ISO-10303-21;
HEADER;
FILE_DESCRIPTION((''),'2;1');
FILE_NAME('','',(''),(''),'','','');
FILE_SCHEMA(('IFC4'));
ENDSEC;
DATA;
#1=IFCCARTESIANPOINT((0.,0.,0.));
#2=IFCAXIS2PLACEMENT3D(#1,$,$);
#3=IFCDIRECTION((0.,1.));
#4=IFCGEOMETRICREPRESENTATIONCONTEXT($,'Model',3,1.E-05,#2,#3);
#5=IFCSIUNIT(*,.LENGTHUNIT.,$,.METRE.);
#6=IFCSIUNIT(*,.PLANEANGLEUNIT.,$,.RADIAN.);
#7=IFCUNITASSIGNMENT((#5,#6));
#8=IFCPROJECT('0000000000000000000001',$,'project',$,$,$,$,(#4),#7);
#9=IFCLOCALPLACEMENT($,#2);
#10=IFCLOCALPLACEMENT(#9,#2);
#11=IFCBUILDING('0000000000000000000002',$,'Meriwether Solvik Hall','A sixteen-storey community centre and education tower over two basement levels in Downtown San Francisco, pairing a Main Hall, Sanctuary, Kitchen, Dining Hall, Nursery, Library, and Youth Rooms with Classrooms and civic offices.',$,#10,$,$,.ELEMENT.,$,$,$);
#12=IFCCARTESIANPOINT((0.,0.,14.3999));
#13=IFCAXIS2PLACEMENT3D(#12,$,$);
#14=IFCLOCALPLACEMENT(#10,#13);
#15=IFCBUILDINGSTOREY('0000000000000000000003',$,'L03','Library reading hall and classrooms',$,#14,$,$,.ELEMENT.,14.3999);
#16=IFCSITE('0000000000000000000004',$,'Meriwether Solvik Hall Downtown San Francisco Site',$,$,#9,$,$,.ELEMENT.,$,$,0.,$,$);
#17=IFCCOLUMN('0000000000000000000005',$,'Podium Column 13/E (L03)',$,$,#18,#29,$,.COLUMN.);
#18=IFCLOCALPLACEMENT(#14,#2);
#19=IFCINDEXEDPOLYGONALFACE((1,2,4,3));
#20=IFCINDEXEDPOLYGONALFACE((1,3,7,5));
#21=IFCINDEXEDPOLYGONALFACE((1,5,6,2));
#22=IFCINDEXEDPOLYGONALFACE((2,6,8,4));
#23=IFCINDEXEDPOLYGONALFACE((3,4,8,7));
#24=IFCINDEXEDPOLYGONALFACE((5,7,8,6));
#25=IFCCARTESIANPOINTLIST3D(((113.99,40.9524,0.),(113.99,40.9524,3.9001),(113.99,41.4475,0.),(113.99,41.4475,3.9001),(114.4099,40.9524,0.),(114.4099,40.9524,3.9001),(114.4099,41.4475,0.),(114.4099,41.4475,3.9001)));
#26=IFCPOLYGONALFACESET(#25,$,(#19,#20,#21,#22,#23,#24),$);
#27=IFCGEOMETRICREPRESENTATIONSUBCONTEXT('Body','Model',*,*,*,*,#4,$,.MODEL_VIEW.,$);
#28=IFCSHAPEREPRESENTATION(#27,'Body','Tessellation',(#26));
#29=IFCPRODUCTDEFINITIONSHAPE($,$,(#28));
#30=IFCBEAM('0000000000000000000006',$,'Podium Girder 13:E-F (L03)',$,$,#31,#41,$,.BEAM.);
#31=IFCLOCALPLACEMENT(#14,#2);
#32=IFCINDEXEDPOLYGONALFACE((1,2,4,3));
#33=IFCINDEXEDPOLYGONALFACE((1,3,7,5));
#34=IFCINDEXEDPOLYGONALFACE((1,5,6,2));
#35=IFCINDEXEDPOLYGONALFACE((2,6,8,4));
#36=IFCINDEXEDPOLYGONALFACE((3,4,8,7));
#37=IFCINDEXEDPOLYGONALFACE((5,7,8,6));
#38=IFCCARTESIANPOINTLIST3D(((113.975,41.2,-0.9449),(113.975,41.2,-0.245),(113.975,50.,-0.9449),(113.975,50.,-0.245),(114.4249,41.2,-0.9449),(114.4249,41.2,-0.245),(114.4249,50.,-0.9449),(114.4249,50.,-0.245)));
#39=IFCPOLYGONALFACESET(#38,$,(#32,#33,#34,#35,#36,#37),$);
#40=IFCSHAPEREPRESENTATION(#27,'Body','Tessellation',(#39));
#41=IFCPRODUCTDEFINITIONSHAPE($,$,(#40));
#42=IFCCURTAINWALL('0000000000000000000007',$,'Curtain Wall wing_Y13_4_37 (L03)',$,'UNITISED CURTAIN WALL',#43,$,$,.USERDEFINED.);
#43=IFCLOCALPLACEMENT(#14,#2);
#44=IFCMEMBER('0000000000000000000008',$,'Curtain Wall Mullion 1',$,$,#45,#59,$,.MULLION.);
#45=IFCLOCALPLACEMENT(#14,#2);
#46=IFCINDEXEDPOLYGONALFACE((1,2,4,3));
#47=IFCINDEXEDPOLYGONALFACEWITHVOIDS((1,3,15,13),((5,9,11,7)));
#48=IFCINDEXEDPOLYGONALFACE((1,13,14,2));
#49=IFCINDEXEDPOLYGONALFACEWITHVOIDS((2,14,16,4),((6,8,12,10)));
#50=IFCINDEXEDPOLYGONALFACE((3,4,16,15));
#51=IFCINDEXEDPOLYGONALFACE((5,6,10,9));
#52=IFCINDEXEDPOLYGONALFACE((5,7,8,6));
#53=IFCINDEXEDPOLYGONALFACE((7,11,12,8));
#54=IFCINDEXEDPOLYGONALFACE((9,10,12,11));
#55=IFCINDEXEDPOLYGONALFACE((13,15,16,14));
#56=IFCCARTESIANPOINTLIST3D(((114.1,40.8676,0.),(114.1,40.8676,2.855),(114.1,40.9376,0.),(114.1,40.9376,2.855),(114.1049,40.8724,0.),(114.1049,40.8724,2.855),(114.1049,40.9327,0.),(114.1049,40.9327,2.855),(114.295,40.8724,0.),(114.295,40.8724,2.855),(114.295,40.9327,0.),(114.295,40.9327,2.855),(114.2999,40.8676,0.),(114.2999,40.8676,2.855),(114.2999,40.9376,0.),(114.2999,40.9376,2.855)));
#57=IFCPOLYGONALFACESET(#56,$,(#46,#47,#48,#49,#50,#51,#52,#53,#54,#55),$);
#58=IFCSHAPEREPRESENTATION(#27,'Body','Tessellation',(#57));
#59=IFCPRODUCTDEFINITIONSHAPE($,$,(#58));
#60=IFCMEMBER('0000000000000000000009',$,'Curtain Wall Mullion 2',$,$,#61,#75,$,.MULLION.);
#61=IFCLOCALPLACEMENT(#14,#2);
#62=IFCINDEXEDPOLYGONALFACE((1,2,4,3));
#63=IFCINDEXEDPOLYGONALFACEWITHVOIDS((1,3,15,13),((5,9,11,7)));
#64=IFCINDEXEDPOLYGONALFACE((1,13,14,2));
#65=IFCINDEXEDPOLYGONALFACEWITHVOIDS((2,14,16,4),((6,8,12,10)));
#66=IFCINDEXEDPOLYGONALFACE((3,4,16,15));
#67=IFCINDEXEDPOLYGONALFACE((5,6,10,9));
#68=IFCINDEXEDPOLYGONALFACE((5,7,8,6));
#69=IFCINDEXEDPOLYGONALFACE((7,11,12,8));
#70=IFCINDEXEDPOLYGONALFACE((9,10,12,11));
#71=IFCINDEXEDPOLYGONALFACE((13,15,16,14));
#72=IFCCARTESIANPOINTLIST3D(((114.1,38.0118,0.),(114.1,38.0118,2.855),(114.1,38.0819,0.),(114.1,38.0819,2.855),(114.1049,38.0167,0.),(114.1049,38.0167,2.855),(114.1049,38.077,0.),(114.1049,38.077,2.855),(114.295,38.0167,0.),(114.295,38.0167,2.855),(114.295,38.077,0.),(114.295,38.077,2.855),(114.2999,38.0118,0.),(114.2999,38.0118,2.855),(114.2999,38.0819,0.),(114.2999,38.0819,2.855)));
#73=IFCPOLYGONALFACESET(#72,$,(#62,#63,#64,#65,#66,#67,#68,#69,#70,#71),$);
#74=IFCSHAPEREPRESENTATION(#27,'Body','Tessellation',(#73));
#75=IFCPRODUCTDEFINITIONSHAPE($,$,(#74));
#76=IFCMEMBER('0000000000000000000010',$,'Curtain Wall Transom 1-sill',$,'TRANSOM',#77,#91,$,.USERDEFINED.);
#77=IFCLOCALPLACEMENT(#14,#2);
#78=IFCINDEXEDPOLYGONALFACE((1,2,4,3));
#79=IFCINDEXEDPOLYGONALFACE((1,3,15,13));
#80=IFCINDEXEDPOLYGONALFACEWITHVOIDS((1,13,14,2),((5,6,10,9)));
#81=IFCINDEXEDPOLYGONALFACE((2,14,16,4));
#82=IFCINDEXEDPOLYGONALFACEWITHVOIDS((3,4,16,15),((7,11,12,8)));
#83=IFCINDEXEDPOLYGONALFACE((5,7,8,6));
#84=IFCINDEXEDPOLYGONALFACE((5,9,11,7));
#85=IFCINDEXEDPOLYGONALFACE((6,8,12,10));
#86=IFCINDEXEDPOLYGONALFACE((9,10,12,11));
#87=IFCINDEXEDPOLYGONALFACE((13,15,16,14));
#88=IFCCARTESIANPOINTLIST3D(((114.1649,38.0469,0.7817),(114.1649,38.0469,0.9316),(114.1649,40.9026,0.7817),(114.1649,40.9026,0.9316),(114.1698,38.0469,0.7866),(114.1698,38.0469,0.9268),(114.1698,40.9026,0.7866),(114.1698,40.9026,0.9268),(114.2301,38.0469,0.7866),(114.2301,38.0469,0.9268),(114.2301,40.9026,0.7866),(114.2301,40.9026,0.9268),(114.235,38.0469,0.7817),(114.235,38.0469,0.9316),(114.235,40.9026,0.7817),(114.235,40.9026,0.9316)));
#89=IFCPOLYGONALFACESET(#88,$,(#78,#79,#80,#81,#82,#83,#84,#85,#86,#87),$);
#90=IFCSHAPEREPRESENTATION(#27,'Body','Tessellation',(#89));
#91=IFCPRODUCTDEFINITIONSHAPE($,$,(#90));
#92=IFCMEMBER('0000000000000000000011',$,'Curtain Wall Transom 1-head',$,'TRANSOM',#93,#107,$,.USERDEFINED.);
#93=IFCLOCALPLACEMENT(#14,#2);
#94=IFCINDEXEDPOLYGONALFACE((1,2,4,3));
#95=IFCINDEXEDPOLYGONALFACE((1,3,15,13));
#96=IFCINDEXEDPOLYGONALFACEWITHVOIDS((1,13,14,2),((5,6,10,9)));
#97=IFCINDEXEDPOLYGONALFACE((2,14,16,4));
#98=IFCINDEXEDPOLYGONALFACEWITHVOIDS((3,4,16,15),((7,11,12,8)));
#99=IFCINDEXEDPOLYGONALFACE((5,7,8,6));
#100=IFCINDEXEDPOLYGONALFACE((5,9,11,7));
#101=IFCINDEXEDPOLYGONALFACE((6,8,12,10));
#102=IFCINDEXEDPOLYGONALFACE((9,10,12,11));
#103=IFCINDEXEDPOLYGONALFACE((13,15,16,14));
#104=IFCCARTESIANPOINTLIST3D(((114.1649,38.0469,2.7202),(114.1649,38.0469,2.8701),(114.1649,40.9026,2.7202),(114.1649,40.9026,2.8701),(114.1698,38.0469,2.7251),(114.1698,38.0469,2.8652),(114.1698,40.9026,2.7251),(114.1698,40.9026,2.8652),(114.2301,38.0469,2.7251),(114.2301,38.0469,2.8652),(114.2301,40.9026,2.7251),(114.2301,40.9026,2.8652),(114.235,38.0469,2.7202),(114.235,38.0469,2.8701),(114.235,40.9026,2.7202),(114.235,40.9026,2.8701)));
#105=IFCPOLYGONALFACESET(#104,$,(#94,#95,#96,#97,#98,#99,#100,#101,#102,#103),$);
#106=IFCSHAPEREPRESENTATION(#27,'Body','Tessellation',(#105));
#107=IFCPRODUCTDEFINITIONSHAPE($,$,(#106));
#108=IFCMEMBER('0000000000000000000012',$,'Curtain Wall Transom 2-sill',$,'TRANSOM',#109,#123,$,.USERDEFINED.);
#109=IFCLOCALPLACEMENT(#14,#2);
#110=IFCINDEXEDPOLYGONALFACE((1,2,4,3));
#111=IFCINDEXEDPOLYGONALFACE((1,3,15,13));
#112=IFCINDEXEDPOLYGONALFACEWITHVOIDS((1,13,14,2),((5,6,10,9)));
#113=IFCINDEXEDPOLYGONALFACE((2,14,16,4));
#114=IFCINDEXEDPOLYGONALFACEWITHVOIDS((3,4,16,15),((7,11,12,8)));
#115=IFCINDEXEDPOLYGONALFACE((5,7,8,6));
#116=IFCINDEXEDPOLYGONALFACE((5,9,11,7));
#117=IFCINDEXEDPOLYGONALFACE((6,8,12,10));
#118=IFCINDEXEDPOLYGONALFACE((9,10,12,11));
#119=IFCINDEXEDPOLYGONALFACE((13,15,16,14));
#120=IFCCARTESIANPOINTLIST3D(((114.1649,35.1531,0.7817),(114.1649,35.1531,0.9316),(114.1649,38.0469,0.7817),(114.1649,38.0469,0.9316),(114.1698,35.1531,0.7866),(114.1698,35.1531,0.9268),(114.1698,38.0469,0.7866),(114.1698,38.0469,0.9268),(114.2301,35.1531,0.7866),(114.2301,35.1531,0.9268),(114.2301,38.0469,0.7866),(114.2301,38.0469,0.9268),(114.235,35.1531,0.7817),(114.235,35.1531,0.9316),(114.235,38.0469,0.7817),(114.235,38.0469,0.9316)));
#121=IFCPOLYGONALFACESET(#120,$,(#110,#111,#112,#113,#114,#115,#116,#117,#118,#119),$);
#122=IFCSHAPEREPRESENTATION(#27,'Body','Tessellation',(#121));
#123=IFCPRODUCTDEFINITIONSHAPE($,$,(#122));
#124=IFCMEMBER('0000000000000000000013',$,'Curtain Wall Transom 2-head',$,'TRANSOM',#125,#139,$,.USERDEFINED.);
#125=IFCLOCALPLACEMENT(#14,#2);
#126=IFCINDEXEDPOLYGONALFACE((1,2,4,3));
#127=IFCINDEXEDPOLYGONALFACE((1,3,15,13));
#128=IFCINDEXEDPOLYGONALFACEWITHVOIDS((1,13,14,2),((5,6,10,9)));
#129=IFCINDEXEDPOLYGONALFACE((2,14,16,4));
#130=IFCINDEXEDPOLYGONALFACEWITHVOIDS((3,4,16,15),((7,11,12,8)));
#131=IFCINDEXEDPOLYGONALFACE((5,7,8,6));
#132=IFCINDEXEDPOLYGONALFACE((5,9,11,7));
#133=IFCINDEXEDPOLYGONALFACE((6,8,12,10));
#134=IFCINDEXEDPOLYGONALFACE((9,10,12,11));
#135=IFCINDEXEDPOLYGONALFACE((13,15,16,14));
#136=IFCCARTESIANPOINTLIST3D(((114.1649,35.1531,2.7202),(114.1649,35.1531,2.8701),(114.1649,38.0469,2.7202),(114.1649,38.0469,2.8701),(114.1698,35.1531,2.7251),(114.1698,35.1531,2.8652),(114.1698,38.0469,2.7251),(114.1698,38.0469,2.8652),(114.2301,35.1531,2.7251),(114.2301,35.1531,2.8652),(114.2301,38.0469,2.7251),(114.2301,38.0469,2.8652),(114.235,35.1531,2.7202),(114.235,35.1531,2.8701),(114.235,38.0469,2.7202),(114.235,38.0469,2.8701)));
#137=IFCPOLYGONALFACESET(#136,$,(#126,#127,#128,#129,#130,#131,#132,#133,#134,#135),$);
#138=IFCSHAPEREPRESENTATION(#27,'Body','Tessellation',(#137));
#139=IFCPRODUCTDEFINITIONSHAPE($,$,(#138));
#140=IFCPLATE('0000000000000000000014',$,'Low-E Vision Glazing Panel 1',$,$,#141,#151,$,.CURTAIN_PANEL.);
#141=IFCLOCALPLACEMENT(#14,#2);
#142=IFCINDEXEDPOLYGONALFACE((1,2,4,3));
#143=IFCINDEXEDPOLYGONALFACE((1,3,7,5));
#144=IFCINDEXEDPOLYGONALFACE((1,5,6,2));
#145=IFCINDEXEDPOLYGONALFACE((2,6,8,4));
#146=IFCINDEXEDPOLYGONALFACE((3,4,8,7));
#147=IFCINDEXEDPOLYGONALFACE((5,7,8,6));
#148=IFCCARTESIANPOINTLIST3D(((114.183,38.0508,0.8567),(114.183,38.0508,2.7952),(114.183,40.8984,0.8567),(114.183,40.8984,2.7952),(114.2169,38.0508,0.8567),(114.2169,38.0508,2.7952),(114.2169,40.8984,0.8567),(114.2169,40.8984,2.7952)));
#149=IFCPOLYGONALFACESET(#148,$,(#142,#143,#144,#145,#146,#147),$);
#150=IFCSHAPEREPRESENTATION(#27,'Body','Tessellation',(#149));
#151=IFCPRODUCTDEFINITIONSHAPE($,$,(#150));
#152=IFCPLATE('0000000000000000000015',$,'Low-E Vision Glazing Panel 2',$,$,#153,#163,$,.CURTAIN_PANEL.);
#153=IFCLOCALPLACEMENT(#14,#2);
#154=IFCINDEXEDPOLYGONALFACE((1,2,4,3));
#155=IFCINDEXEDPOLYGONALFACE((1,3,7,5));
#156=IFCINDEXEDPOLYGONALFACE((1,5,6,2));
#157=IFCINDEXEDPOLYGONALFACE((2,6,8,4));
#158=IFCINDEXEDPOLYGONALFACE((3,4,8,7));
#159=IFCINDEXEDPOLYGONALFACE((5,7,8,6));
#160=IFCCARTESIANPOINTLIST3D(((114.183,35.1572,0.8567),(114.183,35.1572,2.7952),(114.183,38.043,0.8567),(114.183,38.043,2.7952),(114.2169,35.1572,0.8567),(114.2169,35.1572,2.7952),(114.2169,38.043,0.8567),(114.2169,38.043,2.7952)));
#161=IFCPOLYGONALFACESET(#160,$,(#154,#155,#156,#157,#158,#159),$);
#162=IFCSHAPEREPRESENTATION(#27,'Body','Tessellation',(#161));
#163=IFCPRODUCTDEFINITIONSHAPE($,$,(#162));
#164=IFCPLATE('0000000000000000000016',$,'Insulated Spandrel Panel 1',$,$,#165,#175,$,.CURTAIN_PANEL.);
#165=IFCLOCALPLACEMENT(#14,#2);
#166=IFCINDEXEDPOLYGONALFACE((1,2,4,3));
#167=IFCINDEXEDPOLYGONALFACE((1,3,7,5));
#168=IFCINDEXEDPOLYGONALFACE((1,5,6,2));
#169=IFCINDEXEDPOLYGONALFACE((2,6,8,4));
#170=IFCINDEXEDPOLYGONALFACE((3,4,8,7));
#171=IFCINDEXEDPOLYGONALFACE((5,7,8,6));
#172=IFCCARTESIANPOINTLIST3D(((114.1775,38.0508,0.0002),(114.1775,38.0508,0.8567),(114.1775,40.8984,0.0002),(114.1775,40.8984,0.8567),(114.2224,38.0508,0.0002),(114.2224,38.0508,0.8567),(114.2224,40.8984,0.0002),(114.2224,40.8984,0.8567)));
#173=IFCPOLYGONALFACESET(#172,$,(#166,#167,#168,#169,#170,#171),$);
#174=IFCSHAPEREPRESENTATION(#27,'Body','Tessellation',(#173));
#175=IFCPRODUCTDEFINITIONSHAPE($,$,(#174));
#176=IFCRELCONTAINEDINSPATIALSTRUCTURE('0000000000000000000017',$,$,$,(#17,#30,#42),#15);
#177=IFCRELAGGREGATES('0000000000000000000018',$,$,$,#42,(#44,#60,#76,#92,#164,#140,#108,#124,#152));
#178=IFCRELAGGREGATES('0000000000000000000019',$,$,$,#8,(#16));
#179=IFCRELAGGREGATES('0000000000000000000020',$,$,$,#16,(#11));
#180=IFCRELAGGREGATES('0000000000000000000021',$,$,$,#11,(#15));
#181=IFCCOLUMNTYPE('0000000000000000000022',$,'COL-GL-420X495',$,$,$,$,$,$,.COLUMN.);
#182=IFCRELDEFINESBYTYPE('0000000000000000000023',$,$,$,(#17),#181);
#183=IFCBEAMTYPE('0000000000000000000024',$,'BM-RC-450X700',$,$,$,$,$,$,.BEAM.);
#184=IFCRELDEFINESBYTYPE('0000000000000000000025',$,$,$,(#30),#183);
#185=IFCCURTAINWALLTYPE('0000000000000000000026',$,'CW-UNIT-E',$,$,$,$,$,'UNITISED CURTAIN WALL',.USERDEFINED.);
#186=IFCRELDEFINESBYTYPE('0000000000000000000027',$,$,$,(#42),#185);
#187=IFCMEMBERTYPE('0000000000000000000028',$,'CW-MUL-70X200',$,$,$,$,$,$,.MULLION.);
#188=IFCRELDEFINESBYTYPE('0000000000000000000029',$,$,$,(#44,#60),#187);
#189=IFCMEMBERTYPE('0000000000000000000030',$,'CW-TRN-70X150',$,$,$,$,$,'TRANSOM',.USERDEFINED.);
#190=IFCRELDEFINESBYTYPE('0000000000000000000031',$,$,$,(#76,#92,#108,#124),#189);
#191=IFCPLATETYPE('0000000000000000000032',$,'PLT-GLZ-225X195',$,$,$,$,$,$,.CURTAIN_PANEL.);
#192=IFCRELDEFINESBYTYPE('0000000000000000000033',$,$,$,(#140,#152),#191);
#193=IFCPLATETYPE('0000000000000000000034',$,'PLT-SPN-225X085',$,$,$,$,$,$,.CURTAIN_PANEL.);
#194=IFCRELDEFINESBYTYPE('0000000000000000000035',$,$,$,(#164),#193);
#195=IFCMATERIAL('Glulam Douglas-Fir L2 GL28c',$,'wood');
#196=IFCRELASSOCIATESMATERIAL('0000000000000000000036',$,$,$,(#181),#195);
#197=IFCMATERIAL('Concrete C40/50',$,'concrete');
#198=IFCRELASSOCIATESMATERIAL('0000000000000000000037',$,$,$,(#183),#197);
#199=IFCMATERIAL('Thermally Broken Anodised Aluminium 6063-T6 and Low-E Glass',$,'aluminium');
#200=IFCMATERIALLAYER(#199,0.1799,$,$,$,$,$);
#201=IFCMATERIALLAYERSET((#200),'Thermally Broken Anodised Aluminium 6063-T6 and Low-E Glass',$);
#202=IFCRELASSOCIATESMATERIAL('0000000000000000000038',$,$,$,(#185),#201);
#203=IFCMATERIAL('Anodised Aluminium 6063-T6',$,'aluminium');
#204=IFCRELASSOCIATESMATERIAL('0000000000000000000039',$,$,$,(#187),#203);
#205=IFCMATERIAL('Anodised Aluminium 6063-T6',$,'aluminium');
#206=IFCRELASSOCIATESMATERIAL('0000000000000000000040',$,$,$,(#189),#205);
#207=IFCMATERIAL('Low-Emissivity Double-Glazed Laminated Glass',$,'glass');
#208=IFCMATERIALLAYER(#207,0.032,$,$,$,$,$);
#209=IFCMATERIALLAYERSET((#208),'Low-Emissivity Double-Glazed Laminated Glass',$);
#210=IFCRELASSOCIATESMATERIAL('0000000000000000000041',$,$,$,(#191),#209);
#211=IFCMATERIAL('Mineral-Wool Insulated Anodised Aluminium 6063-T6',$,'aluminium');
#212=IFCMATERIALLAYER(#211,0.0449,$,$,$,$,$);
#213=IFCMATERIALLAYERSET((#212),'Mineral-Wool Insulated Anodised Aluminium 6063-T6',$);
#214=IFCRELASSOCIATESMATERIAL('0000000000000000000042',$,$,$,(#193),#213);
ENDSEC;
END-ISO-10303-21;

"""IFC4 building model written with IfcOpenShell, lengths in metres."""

from ifc_helpers import new_model, si_unit, direction, frame, origin, origin_2d, place, context, subcontext, project, spatial, rectangle, hollow_rectangle, extrude, material, layer, layer_set, material_profile, profile_set, type_object, element, aggregate, save


model = new_model("IFC4")

# Units and contexts
model_context = context("Model", 3, precision=1e-05, world=origin(), true_north=direction((0.0, 1.0)))
body_context = subcontext(model_context, "Body", "Model", "MODEL_VIEW")
ifc_project = project(units=[si_unit("LENGTHUNIT", "METRE"), si_unit("PLANEANGLEUNIT", "RADIAN")], contexts=[model_context])

# Site, building, storey
site_placement = place(None, origin())
site = spatial("IfcSite", under=ifc_project, at=site_placement, Name="Meriwether Solvik Hall Downtown San Francisco Site", CompositionType="ELEMENT", RefElevation=0.0)
building_placement = place(site_placement, origin())
building = spatial("IfcBuilding", under=site, at=building_placement, Name="Meriwether Solvik Hall", Description="A sixteen-storey community centre and education tower over two basement levels in Downtown San Francisco, pairing a Main Hall, Sanctuary, Kitchen, Dining Hall, Nursery, Library, and Youth Rooms with Classrooms and civic offices.", CompositionType="ELEMENT")
storey_placement = place(building_placement, frame((0.0, 0.0, 14.3999)))
storey = spatial("IfcBuildingStorey", under=building, at=storey_placement, Name="L03", Description="Library reading hall and classrooms", CompositionType="ELEMENT", Elevation=14.3999)

# Column
ifc_material_1 = material(Name="Glulam Douglas-Fir L2 GL28c", Category="wood")
ifc_material_profile_1 = material_profile(ifc_material_1, rectangle(XDim=0.4199, YDim=0.4951, at=origin_2d()), Name="GLC-420X495")
ifc_profile_set_1 = profile_set([ifc_material_profile_1], Name="Glulam Douglas-Fir L2 GL28c")
column_type = type_object("IfcColumnType", Name="COL-GL-420X495", PredefinedType="COLUMN", material=ifc_profile_set_1)
column_placement = place(storey_placement, frame((114.2, 41.2, 0.0), z_axis=(0.0, 0.0, 1.0), x_axis=(1.0, 0.0, 0.0)))
element("IfcColumn", 1, at=column_placement, inside=storey, type_object=column_type, Name="Podium Column 13/E (L03)", PredefinedType="COLUMN", context=body_context, shape_type="SweptSolid", body=[
    extrude(rectangle(XDim=0.4199, YDim=0.4951, at=origin_2d()), origin(), (0.0, 0.0, 1.0), 3.9001),
])

# Beam
ifc_material_2 = material(Name="Concrete C40/50", Category="concrete")
ifc_material_profile_2 = material_profile(ifc_material_2, rectangle(XDim=0.45, YDim=0.7, at=origin_2d()), Name="RCB-450X700")
ifc_profile_set_2 = profile_set([ifc_material_profile_2], Name="Concrete C40/50")
beam_type = type_object("IfcBeamType", Name="BM-RC-450X700", PredefinedType="BEAM", material=ifc_profile_set_2)
beam_placement = place(storey_placement, frame((114.2, 41.2, -0.595), z_axis=(0.0, 1.0, 0.0), x_axis=(-1.0, 0.0, 0.0)))
element("IfcBeam", 2, at=beam_placement, inside=storey, type_object=beam_type, Name="Podium Girder 13:E-F (L03)", PredefinedType="BEAM", context=body_context, shape_type="SweptSolid", body=[
    extrude(rectangle(XDim=0.45, YDim=0.7, at=origin_2d()), origin(), (0.0, 0.0, 1.0), 8.8),
])

# Curtain wall, members, plates
ifc_material_3 = material(Name="Thermally Broken Anodised Aluminium 6063-T6 and Low-E Glass", Category="aluminium")
ifc_layer_1 = layer(ifc_material_3, 0.1799)
ifc_layer_set_1 = layer_set([ifc_layer_1], Name="Thermally Broken Anodised Aluminium 6063-T6 and Low-E Glass")
curtain_wall_type = type_object("IfcCurtainWallType", Name="CW-UNIT-E", ElementType="UNITISED CURTAIN WALL", PredefinedType="USERDEFINED", material=ifc_layer_set_1)
curtain_wall_placement = place(storey_placement, origin())
curtain_wall = element("IfcCurtainWall", 3, at=curtain_wall_placement, inside=storey, type_object=curtain_wall_type, Name="Curtain Wall wing_Y13_4_37 (L03)", ObjectType="UNITISED CURTAIN WALL", PredefinedType="USERDEFINED")
ifc_material_4 = material(Name="Anodised Aluminium 6063-T6", Category="aluminium")
ifc_material_profile_3 = material_profile(ifc_material_4, hollow_rectangle(XDim=0.0701, YDim=0.2, WallThickness=0.0049, at=origin_2d()), Name="CWM-70X200")
ifc_profile_set_3 = profile_set([ifc_material_profile_3], Name="Anodised Aluminium 6063-T6")
member_type_1 = type_object("IfcMemberType", Name="CW-MUL-70X200", PredefinedType="MULLION", material=ifc_profile_set_3)
member_1_placement = place(storey_placement, frame((114.2, 40.9026, 0.0), z_axis=(0.0, 0.0, 1.0), x_axis=(0.0, -1.0, 0.0)))
member_1 = element("IfcMember", 4, at=member_1_placement, type_object=member_type_1, Name="Curtain Wall Mullion 1", PredefinedType="MULLION", context=body_context, shape_type="SweptSolid", body=[
    extrude(hollow_rectangle(XDim=0.0701, YDim=0.2, WallThickness=0.0049, at=origin_2d()), origin(), (0.0, 0.0, 1.0), 2.855),
])
member_2_placement = place(storey_placement, frame((114.2, 38.0469, 0.0), z_axis=(0.0, 0.0, 1.0), x_axis=(0.0, -1.0, 0.0)))
member_2 = element("IfcMember", 5, at=member_2_placement, type_object=member_type_1, Name="Curtain Wall Mullion 2", PredefinedType="MULLION", context=body_context, shape_type="SweptSolid", body=[
    extrude(hollow_rectangle(XDim=0.0701, YDim=0.2, WallThickness=0.0049, at=origin_2d()), origin(), (0.0, 0.0, 1.0), 2.855),
])
ifc_material_5 = material(Name="Anodised Aluminium 6063-T6", Category="aluminium")
ifc_material_profile_4 = material_profile(ifc_material_5, hollow_rectangle(XDim=0.0701, YDim=0.1499, WallThickness=0.0049, at=origin_2d()), Name="CWT-70X150")
ifc_profile_set_4 = profile_set([ifc_material_profile_4], Name="Anodised Aluminium 6063-T6")
member_type_2 = type_object("IfcMemberType", Name="CW-TRN-70X150", ElementType="TRANSOM", PredefinedType="USERDEFINED", material=ifc_profile_set_4)
member_3_placement = place(storey_placement, frame((114.2, 40.9026, 0.8567), z_axis=(0.0, -1.0, 0.0), x_axis=(1.0, 0.0, 0.0)))
member_3 = element("IfcMember", 6, at=member_3_placement, type_object=member_type_2, Name="Curtain Wall Transom 1-sill", ObjectType="TRANSOM", PredefinedType="USERDEFINED", context=body_context, shape_type="SweptSolid", body=[
    extrude(hollow_rectangle(XDim=0.0701, YDim=0.1499, WallThickness=0.0049, at=origin_2d()), origin(), (0.0, 0.0, 1.0), 2.8557),
])
member_4_placement = place(storey_placement, frame((114.2, 40.9026, 2.7952), z_axis=(0.0, -1.0, 0.0), x_axis=(1.0, 0.0, 0.0)))
member_4 = element("IfcMember", 7, at=member_4_placement, type_object=member_type_2, Name="Curtain Wall Transom 1-head", ObjectType="TRANSOM", PredefinedType="USERDEFINED", context=body_context, shape_type="SweptSolid", body=[
    extrude(hollow_rectangle(XDim=0.0701, YDim=0.1499, WallThickness=0.0049, at=origin_2d()), origin(), (0.0, 0.0, 1.0), 2.8557),
])
member_5_placement = place(storey_placement, frame((114.2, 38.0469, 0.8567), z_axis=(0.0, -1.0, 0.0), x_axis=(1.0, 0.0, 0.0)))
member_5 = element("IfcMember", 8, at=member_5_placement, type_object=member_type_2, Name="Curtain Wall Transom 2-sill", ObjectType="TRANSOM", PredefinedType="USERDEFINED", context=body_context, shape_type="SweptSolid", body=[
    extrude(hollow_rectangle(XDim=0.0701, YDim=0.1499, WallThickness=0.0049, at=origin_2d()), origin(), (0.0, 0.0, 1.0), 2.8938),
])
member_6_placement = place(storey_placement, frame((114.2, 38.0469, 2.7952), z_axis=(0.0, -1.0, 0.0), x_axis=(1.0, 0.0, 0.0)))
member_6 = element("IfcMember", 9, at=member_6_placement, type_object=member_type_2, Name="Curtain Wall Transom 2-head", ObjectType="TRANSOM", PredefinedType="USERDEFINED", context=body_context, shape_type="SweptSolid", body=[
    extrude(hollow_rectangle(XDim=0.0701, YDim=0.1499, WallThickness=0.0049, at=origin_2d()), origin(), (0.0, 0.0, 1.0), 2.8938),
])
ifc_material_6 = material(Name="Low-Emissivity Double-Glazed Laminated Glass", Category="glass")
ifc_layer_2 = layer(ifc_material_6, 0.032)
ifc_layer_set_2 = layer_set([ifc_layer_2], Name="Low-Emissivity Double-Glazed Laminated Glass")
plate_type_1 = type_object("IfcPlateType", Name="PLT-GLZ-225X195", PredefinedType="CURTAIN_PANEL", material=ifc_layer_set_2)
plate_1_placement = place(storey_placement, frame((114.2, 39.4746, 0.8567), z_axis=(0.0, 0.0, 1.0), x_axis=(0.0, -1.0, 0.0)))
plate_1 = element("IfcPlate", 10, at=plate_1_placement, type_object=plate_type_1, Name="Low-E Vision Glazing Panel 1", PredefinedType="CURTAIN_PANEL", context=body_context, shape_type="SweptSolid", body=[
    extrude(rectangle(XDim=2.8477, YDim=0.0339, at=origin_2d()), origin(), (0.0, 0.0, 1.0), 1.9385),
])
plate_2_placement = place(storey_placement, frame((114.2, 36.6001, 0.8567), z_axis=(0.0, 0.0, 1.0), x_axis=(0.0, -1.0, 0.0)))
plate_2 = element("IfcPlate", 11, at=plate_2_placement, type_object=plate_type_1, Name="Low-E Vision Glazing Panel 2", PredefinedType="CURTAIN_PANEL", context=body_context, shape_type="SweptSolid", body=[
    extrude(rectangle(XDim=2.8857, YDim=0.0339, at=origin_2d()), origin(), (0.0, 0.0, 1.0), 1.9385),
])
ifc_material_7 = material(Name="Mineral-Wool Insulated Anodised Aluminium 6063-T6", Category="aluminium")
ifc_layer_3 = layer(ifc_material_7, 0.0449)
ifc_layer_set_3 = layer_set([ifc_layer_3], Name="Mineral-Wool Insulated Anodised Aluminium 6063-T6")
plate_type_2 = type_object("IfcPlateType", Name="PLT-SPN-225X085", PredefinedType="CURTAIN_PANEL", material=ifc_layer_set_3)
plate_3_placement = place(storey_placement, frame((114.2, 39.4746, 0.0002), z_axis=(0.0, 0.0, 1.0), x_axis=(0.0, -1.0, 0.0)))
plate_3 = element("IfcPlate", 12, at=plate_3_placement, type_object=plate_type_2, Name="Insulated Spandrel Panel 1", PredefinedType="CURTAIN_PANEL", context=body_context, shape_type="SweptSolid", body=[
    extrude(rectangle(XDim=2.8477, YDim=0.0449, at=origin_2d()), origin(), (0.0, 0.0, 1.0), 0.8564),
])
aggregate(curtain_wall, [member_1, member_2, member_3, member_4, plate_3, plate_1, member_5, member_6, plate_2])

save(model, "model.ifc")
